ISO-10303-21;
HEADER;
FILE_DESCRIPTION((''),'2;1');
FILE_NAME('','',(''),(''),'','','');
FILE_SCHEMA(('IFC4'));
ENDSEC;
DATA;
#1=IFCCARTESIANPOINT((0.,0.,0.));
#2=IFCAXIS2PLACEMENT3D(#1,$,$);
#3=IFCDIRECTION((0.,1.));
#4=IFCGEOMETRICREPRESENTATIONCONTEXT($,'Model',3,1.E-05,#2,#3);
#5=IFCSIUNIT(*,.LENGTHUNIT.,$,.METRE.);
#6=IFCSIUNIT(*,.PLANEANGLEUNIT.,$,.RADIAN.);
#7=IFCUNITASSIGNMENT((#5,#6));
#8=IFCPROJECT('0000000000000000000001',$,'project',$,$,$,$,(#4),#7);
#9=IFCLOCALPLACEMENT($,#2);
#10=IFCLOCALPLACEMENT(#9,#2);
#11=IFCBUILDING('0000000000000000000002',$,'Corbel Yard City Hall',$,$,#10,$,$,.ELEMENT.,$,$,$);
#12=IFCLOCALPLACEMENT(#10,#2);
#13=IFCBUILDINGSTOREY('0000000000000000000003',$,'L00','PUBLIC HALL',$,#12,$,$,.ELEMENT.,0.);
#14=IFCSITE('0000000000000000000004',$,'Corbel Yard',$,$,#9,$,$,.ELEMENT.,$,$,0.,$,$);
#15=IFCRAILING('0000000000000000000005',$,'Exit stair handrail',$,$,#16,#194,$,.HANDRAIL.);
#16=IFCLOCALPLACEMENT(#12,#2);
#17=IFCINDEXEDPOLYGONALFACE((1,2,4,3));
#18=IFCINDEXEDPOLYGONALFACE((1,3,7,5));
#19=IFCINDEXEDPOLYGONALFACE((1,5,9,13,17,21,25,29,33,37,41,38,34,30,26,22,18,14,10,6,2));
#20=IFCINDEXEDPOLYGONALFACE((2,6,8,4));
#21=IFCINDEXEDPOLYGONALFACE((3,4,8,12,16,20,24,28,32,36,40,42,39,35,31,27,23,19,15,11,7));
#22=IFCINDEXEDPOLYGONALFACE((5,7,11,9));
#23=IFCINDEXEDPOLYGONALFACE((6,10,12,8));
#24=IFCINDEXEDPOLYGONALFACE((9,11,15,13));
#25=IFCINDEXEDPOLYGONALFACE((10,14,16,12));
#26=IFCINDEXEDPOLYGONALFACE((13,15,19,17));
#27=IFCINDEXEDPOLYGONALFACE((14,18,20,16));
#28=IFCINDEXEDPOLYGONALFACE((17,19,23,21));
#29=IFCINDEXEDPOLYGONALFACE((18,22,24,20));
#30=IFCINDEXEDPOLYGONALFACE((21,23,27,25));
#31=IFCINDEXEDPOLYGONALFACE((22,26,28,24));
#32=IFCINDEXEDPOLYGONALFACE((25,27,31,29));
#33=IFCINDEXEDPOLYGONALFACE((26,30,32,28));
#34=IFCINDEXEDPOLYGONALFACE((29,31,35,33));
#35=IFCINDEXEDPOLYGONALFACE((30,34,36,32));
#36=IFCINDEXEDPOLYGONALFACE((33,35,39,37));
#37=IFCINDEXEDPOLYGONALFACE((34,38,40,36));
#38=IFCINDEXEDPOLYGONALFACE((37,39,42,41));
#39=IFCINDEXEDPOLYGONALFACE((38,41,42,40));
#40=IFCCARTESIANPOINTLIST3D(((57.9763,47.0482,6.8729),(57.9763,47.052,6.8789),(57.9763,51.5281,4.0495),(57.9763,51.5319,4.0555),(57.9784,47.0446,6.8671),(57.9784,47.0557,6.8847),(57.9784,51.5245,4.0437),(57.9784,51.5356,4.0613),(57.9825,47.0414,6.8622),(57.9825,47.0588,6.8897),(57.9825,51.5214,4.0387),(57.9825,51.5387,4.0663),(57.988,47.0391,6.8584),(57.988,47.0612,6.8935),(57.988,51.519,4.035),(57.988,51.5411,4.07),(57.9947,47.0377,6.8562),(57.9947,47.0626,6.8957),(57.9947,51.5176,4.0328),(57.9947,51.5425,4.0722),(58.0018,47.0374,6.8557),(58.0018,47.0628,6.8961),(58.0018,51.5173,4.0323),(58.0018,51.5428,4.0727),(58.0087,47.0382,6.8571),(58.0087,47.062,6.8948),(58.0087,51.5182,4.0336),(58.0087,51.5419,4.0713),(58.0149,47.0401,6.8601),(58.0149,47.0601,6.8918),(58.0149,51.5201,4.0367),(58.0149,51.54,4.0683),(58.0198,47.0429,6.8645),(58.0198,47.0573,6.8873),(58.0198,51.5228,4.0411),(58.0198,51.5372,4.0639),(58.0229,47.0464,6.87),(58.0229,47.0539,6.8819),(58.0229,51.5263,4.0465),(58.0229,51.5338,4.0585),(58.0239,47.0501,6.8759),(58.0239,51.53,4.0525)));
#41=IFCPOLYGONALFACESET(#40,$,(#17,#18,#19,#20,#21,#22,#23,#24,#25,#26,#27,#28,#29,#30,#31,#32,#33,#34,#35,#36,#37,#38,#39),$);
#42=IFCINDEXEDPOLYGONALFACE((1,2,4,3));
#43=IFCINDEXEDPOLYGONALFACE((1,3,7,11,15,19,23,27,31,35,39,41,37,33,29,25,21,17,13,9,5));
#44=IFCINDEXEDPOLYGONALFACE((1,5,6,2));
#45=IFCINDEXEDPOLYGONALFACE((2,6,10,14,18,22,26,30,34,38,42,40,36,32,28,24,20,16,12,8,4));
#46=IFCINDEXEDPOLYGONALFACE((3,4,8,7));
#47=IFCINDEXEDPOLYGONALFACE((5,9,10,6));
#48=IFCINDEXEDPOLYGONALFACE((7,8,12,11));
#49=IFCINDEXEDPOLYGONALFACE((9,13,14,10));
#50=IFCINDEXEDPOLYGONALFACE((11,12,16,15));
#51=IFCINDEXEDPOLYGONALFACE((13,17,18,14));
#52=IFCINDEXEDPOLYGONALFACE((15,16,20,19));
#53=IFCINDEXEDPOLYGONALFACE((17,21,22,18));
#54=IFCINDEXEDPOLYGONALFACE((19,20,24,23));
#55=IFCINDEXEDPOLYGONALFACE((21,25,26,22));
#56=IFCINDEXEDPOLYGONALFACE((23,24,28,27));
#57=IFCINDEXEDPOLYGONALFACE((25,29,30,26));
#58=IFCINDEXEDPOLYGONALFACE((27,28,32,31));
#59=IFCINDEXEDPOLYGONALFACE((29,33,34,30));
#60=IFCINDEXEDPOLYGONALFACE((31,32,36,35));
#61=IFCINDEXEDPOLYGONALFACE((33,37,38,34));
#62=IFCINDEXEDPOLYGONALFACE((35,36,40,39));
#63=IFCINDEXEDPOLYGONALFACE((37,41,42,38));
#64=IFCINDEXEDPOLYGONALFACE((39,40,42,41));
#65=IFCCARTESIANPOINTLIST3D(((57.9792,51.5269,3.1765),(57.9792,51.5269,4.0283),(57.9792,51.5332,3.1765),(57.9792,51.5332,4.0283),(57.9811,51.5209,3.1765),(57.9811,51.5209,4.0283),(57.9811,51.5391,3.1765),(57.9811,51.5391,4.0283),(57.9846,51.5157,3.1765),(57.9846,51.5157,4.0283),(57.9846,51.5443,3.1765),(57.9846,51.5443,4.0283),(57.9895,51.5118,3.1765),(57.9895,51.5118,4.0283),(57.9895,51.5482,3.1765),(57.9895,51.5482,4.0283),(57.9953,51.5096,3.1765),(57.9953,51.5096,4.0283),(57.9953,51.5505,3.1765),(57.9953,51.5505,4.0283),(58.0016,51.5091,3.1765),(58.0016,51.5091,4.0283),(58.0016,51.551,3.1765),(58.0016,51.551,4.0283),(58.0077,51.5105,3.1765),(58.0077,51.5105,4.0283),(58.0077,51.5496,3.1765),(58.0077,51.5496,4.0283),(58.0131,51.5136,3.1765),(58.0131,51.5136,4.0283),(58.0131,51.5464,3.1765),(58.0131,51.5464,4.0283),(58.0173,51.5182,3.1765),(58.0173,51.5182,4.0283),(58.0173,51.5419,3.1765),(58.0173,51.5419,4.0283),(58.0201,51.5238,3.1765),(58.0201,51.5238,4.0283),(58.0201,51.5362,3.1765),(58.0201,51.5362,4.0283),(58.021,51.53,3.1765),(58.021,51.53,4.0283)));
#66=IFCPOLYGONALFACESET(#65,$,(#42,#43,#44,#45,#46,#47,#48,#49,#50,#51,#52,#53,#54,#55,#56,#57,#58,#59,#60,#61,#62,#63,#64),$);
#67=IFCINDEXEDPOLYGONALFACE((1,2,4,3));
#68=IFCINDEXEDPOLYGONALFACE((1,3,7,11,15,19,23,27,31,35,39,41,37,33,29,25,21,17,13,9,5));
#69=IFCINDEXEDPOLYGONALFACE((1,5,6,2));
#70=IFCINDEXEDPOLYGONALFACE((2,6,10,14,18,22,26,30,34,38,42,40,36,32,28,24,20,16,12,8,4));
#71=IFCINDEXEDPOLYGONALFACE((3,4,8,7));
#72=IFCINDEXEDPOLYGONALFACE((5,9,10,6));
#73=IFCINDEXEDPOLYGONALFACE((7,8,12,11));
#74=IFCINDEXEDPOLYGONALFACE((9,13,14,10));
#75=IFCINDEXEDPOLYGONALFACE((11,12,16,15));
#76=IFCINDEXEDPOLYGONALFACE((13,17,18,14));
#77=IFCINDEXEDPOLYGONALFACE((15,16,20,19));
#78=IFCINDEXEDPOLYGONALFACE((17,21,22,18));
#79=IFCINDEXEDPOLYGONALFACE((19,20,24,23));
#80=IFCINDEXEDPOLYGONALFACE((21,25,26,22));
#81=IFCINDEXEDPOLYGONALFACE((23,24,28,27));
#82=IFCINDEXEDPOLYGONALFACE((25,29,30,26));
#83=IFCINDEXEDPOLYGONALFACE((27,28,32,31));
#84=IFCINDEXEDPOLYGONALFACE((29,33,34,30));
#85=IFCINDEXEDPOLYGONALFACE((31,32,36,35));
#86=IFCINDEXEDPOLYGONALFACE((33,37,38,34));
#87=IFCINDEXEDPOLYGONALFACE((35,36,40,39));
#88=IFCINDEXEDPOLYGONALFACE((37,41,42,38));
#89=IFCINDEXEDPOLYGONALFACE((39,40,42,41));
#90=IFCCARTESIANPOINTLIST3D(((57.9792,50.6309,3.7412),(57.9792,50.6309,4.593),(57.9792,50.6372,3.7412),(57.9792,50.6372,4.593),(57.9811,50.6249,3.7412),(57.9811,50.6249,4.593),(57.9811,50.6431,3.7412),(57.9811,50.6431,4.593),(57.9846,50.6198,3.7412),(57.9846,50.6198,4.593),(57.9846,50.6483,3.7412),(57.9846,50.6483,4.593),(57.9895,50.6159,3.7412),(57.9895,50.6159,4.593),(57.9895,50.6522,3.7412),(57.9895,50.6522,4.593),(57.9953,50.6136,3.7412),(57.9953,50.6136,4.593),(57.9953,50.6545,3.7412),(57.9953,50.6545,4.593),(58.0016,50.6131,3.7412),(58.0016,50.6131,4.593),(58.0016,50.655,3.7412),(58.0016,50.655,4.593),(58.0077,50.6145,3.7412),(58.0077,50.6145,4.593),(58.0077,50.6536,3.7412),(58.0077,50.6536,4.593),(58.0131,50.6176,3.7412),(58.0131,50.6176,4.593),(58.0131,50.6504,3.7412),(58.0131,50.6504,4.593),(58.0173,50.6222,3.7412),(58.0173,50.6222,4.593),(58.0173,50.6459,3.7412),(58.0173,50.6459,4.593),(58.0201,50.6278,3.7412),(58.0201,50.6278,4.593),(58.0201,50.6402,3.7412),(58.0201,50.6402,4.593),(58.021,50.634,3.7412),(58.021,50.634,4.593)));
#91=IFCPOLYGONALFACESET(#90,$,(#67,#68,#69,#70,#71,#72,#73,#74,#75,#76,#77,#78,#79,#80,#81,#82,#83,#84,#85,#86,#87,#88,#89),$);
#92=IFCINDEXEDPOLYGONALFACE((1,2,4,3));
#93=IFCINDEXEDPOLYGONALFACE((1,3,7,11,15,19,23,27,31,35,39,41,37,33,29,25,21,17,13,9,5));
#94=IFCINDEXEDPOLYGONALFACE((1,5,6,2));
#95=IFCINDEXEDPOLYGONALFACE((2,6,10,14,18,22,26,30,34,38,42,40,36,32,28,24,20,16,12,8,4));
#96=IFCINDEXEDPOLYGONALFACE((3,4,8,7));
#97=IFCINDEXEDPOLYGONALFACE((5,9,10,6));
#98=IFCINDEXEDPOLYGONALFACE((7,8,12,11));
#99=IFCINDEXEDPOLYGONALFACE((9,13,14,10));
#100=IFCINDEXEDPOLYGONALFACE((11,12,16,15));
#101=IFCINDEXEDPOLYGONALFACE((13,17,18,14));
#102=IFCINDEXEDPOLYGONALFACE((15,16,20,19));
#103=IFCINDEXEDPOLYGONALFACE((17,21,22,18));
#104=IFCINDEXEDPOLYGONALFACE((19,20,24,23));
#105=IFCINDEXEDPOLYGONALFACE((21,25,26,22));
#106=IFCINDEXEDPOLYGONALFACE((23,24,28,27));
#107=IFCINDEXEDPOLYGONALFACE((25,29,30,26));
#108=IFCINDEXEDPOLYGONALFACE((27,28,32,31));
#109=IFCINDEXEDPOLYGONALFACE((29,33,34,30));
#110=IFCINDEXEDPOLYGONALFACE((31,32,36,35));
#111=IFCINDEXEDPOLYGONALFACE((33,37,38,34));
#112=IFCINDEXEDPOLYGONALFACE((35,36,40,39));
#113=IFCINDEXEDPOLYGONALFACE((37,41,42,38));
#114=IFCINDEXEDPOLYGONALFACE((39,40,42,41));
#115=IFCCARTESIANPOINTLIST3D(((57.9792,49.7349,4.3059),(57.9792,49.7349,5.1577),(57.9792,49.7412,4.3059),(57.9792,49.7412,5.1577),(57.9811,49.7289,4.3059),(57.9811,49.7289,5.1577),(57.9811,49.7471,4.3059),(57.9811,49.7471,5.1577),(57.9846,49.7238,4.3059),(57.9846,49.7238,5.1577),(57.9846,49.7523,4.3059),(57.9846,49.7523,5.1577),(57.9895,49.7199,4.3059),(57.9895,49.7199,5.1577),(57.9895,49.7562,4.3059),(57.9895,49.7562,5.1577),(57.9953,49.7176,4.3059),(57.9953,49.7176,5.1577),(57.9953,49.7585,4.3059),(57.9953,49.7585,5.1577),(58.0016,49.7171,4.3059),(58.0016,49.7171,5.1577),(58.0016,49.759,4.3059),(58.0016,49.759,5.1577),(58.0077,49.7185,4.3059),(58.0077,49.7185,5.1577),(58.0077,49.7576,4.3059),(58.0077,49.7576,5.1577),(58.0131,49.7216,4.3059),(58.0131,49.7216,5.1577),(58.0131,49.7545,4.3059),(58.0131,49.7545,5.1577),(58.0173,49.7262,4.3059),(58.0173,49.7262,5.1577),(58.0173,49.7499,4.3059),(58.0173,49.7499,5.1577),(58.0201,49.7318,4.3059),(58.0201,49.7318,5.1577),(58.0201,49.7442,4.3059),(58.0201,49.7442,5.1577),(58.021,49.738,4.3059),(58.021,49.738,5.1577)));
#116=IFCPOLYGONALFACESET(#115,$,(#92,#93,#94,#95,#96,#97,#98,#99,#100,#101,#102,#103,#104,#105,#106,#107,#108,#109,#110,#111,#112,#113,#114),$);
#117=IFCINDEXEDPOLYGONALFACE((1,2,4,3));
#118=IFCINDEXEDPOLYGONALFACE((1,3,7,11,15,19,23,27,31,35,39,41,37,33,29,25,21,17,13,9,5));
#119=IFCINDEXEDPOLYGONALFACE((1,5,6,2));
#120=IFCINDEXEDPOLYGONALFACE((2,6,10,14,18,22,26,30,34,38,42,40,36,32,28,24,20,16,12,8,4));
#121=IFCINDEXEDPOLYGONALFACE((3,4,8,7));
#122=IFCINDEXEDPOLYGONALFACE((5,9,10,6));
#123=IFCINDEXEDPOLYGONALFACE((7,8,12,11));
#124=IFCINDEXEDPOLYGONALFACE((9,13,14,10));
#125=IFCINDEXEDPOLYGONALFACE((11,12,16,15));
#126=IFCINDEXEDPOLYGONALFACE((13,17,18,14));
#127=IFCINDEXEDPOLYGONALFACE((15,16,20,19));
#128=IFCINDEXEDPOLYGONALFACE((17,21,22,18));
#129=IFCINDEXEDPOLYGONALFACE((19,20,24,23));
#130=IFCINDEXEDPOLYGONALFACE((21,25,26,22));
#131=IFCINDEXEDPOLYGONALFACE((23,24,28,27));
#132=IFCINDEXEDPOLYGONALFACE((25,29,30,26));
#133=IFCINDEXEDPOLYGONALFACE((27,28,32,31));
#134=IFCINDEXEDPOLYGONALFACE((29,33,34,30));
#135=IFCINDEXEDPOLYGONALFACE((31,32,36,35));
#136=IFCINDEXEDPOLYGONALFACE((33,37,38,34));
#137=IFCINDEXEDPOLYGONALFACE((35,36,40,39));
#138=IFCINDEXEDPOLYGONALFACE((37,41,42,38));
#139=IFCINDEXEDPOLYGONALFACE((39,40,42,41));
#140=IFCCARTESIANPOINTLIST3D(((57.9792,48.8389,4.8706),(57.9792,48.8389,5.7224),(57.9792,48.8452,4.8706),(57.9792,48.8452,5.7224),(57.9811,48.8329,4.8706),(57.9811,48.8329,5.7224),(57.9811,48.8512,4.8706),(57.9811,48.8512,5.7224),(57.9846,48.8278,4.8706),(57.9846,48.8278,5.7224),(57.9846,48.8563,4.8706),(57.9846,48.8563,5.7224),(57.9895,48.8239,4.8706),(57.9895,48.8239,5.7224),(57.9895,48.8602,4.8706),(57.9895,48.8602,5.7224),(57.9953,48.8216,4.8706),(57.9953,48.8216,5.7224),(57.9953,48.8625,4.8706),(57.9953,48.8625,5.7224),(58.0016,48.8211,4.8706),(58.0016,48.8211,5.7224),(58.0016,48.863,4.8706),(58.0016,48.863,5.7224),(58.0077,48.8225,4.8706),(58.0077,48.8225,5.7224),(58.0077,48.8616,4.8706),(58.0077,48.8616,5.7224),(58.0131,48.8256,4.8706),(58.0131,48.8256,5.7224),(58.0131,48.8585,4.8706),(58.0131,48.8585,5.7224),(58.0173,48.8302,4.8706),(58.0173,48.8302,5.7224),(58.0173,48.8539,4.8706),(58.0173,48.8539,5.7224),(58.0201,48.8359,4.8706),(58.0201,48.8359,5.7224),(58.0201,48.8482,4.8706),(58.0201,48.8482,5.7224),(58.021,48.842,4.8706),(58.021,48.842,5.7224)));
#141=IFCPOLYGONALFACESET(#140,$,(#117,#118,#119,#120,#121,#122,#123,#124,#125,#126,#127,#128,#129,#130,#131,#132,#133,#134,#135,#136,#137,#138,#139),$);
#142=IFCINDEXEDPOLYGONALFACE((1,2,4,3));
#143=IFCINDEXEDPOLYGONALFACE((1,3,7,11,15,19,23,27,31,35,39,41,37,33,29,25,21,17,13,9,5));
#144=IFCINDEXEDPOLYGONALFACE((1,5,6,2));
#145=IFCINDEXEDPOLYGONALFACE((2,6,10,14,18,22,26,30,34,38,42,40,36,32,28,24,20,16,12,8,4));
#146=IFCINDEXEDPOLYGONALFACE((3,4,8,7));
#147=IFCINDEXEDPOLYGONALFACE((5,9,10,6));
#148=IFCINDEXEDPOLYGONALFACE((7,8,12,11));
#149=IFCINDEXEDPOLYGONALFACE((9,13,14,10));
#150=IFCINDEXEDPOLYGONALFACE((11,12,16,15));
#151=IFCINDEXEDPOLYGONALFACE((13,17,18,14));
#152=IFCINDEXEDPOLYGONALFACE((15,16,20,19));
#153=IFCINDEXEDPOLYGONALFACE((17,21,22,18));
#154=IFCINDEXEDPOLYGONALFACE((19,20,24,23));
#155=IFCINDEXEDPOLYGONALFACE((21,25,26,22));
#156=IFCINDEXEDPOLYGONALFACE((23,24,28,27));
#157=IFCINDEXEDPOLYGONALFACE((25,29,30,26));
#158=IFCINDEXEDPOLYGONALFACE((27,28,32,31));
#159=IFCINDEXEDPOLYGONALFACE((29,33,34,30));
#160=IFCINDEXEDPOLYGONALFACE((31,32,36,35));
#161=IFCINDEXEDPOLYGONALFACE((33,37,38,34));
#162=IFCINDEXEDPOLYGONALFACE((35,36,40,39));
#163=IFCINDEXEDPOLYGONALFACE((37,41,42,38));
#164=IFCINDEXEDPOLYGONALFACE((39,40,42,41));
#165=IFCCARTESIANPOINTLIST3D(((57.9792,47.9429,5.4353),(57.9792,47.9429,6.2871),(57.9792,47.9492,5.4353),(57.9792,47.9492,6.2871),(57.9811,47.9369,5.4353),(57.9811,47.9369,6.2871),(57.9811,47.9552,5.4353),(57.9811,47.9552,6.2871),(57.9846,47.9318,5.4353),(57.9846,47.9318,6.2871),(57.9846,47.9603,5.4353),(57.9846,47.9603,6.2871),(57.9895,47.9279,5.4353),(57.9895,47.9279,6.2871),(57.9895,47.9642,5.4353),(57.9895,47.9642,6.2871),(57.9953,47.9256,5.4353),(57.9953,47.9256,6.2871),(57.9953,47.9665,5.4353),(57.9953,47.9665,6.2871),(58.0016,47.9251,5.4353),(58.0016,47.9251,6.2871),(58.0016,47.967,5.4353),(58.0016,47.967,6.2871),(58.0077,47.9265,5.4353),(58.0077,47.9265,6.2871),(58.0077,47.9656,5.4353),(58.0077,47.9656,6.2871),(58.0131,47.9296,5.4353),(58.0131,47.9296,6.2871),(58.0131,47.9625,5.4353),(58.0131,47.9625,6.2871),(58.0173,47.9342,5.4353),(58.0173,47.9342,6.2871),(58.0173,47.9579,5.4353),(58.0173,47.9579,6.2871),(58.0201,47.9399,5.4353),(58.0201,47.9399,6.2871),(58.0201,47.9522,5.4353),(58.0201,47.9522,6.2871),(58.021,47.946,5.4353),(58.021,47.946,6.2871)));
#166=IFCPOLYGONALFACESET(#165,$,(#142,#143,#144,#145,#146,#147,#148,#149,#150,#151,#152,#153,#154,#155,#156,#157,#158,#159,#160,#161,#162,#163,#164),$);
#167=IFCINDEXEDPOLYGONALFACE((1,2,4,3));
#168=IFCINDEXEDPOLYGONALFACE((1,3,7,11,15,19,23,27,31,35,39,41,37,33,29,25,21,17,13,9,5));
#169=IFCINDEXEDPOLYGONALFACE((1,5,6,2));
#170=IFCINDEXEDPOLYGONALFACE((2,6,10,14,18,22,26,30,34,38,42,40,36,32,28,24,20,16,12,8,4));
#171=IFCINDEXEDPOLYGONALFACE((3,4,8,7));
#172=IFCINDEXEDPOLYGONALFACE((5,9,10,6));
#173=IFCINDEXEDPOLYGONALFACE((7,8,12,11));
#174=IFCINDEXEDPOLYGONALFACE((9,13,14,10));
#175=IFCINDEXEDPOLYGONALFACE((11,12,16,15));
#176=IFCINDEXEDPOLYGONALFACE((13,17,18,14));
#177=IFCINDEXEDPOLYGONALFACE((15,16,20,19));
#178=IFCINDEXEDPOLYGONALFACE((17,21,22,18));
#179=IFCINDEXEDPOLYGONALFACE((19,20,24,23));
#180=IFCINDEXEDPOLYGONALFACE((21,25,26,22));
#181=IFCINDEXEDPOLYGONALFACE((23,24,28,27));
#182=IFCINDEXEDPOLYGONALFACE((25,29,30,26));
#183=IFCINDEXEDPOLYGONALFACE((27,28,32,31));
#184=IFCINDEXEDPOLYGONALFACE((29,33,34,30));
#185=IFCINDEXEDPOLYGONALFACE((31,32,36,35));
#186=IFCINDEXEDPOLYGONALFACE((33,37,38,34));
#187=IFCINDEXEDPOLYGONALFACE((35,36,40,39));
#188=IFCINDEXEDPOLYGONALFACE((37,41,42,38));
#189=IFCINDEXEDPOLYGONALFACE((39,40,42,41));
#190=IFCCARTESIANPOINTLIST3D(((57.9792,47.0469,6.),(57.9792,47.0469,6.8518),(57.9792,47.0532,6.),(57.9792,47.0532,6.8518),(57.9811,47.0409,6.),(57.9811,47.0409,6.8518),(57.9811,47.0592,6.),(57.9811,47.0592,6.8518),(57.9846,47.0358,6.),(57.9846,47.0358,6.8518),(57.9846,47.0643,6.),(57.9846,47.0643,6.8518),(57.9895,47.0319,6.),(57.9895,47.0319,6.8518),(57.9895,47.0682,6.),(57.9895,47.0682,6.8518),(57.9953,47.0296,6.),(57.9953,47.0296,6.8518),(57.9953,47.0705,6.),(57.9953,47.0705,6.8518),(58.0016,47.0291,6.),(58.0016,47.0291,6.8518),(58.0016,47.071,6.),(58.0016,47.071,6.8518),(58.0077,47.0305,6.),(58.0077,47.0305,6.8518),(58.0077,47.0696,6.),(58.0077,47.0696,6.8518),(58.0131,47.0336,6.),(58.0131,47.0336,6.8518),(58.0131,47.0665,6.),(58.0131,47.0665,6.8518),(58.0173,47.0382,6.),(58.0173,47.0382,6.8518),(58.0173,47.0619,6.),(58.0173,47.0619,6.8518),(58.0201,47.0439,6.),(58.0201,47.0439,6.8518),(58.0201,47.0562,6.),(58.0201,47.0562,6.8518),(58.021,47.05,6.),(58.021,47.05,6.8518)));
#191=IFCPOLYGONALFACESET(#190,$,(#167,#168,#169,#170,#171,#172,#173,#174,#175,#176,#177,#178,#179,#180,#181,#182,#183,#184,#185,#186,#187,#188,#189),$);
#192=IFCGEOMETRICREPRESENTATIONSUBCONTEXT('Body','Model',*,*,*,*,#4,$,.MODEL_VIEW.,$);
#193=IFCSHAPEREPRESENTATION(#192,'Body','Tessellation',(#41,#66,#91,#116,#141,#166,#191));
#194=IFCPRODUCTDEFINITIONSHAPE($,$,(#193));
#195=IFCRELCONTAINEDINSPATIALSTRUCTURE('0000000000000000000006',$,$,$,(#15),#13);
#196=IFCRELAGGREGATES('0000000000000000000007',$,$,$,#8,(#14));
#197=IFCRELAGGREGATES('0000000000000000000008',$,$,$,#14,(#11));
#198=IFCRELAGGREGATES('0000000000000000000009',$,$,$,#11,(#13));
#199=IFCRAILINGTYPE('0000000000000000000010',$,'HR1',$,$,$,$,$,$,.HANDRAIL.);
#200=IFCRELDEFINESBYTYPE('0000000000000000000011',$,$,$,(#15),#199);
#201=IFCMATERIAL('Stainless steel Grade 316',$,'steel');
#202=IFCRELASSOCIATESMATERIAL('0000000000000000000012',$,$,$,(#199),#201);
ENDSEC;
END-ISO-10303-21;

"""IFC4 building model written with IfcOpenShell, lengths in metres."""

from ifc_helpers import new_model, si_unit, direction, frame, origin, origin_2d, place, context, subcontext, project, spatial, circle, extrude, material, type_object, element, save


model = new_model("IFC4")

# Units and contexts
model_context = context("Model", 3, precision=1e-05, world=origin(), true_north=direction((0.0, 1.0)))
body_context = subcontext(model_context, "Body", "Model", "MODEL_VIEW")
ifc_project = project(units=[si_unit("LENGTHUNIT", "METRE"), si_unit("PLANEANGLEUNIT", "RADIAN")], contexts=[model_context])

# Site, building, storey
site_placement = place(None, origin())
site = spatial("IfcSite", under=ifc_project, at=site_placement, Name="Corbel Yard", CompositionType="ELEMENT", RefElevation=0.0)
building_placement = place(site_placement, origin())
building = spatial("IfcBuilding", under=site, at=building_placement, Name="Corbel Yard City Hall", CompositionType="ELEMENT")
storey_placement = place(building_placement, origin())
storey = spatial("IfcBuildingStorey", under=building, at=storey_placement, Name="L00", Description="PUBLIC HALL", CompositionType="ELEMENT", Elevation=0.0)

# Railing
ifc_material_1 = material(Name="Stainless steel Grade 316", Category="steel")
railing_type = type_object("IfcRailingType", Name="HR1", PredefinedType="HANDRAIL", material=ifc_material_1)
for number, where, name in (
    (1, (58.0, 51.53, 3.1765), "Exit stair handrail"),
):
    element("IfcRailing", number, at=place(storey_placement, frame(where)), inside=storey, type_object=railing_type, Name=name, PredefinedType="HANDRAIL", context=body_context, shape_type="SweptSolid", body=[
        extrude(circle(Radius=0.0239, at=origin_2d()), frame((0.0, 0.0, 0.876), z_axis=(0.0, -0.845998, 0.533186), x_axis=(1.0, 0.0, 0.0)), (0.0, 0.0, 1.0), 5.2954),
        extrude(circle(Radius=0.021, at=origin_2d()), origin(), (0.0, 0.0, 1.0), 0.8518),
        extrude(circle(Radius=0.021, at=origin_2d()), frame((0.0, -0.896, 0.5647)), (0.0, 0.0, 1.0), 0.8518),
        extrude(circle(Radius=0.021, at=origin_2d()), frame((0.0, -1.792, 1.1294)), (0.0, 0.0, 1.0), 0.8518),
        extrude(circle(Radius=0.021, at=origin_2d()), frame((0.0, -2.688, 1.6941)), (0.0, 0.0, 1.0), 0.8518),
        extrude(circle(Radius=0.021, at=origin_2d()), frame((0.0, -3.584, 2.2588)), (0.0, 0.0, 1.0), 0.8518),
        extrude(circle(Radius=0.021, at=origin_2d()), frame((0.0, -4.48, 2.8235)), (0.0, 0.0, 1.0), 0.8518),
    ])

save(model, "model.ifc")
